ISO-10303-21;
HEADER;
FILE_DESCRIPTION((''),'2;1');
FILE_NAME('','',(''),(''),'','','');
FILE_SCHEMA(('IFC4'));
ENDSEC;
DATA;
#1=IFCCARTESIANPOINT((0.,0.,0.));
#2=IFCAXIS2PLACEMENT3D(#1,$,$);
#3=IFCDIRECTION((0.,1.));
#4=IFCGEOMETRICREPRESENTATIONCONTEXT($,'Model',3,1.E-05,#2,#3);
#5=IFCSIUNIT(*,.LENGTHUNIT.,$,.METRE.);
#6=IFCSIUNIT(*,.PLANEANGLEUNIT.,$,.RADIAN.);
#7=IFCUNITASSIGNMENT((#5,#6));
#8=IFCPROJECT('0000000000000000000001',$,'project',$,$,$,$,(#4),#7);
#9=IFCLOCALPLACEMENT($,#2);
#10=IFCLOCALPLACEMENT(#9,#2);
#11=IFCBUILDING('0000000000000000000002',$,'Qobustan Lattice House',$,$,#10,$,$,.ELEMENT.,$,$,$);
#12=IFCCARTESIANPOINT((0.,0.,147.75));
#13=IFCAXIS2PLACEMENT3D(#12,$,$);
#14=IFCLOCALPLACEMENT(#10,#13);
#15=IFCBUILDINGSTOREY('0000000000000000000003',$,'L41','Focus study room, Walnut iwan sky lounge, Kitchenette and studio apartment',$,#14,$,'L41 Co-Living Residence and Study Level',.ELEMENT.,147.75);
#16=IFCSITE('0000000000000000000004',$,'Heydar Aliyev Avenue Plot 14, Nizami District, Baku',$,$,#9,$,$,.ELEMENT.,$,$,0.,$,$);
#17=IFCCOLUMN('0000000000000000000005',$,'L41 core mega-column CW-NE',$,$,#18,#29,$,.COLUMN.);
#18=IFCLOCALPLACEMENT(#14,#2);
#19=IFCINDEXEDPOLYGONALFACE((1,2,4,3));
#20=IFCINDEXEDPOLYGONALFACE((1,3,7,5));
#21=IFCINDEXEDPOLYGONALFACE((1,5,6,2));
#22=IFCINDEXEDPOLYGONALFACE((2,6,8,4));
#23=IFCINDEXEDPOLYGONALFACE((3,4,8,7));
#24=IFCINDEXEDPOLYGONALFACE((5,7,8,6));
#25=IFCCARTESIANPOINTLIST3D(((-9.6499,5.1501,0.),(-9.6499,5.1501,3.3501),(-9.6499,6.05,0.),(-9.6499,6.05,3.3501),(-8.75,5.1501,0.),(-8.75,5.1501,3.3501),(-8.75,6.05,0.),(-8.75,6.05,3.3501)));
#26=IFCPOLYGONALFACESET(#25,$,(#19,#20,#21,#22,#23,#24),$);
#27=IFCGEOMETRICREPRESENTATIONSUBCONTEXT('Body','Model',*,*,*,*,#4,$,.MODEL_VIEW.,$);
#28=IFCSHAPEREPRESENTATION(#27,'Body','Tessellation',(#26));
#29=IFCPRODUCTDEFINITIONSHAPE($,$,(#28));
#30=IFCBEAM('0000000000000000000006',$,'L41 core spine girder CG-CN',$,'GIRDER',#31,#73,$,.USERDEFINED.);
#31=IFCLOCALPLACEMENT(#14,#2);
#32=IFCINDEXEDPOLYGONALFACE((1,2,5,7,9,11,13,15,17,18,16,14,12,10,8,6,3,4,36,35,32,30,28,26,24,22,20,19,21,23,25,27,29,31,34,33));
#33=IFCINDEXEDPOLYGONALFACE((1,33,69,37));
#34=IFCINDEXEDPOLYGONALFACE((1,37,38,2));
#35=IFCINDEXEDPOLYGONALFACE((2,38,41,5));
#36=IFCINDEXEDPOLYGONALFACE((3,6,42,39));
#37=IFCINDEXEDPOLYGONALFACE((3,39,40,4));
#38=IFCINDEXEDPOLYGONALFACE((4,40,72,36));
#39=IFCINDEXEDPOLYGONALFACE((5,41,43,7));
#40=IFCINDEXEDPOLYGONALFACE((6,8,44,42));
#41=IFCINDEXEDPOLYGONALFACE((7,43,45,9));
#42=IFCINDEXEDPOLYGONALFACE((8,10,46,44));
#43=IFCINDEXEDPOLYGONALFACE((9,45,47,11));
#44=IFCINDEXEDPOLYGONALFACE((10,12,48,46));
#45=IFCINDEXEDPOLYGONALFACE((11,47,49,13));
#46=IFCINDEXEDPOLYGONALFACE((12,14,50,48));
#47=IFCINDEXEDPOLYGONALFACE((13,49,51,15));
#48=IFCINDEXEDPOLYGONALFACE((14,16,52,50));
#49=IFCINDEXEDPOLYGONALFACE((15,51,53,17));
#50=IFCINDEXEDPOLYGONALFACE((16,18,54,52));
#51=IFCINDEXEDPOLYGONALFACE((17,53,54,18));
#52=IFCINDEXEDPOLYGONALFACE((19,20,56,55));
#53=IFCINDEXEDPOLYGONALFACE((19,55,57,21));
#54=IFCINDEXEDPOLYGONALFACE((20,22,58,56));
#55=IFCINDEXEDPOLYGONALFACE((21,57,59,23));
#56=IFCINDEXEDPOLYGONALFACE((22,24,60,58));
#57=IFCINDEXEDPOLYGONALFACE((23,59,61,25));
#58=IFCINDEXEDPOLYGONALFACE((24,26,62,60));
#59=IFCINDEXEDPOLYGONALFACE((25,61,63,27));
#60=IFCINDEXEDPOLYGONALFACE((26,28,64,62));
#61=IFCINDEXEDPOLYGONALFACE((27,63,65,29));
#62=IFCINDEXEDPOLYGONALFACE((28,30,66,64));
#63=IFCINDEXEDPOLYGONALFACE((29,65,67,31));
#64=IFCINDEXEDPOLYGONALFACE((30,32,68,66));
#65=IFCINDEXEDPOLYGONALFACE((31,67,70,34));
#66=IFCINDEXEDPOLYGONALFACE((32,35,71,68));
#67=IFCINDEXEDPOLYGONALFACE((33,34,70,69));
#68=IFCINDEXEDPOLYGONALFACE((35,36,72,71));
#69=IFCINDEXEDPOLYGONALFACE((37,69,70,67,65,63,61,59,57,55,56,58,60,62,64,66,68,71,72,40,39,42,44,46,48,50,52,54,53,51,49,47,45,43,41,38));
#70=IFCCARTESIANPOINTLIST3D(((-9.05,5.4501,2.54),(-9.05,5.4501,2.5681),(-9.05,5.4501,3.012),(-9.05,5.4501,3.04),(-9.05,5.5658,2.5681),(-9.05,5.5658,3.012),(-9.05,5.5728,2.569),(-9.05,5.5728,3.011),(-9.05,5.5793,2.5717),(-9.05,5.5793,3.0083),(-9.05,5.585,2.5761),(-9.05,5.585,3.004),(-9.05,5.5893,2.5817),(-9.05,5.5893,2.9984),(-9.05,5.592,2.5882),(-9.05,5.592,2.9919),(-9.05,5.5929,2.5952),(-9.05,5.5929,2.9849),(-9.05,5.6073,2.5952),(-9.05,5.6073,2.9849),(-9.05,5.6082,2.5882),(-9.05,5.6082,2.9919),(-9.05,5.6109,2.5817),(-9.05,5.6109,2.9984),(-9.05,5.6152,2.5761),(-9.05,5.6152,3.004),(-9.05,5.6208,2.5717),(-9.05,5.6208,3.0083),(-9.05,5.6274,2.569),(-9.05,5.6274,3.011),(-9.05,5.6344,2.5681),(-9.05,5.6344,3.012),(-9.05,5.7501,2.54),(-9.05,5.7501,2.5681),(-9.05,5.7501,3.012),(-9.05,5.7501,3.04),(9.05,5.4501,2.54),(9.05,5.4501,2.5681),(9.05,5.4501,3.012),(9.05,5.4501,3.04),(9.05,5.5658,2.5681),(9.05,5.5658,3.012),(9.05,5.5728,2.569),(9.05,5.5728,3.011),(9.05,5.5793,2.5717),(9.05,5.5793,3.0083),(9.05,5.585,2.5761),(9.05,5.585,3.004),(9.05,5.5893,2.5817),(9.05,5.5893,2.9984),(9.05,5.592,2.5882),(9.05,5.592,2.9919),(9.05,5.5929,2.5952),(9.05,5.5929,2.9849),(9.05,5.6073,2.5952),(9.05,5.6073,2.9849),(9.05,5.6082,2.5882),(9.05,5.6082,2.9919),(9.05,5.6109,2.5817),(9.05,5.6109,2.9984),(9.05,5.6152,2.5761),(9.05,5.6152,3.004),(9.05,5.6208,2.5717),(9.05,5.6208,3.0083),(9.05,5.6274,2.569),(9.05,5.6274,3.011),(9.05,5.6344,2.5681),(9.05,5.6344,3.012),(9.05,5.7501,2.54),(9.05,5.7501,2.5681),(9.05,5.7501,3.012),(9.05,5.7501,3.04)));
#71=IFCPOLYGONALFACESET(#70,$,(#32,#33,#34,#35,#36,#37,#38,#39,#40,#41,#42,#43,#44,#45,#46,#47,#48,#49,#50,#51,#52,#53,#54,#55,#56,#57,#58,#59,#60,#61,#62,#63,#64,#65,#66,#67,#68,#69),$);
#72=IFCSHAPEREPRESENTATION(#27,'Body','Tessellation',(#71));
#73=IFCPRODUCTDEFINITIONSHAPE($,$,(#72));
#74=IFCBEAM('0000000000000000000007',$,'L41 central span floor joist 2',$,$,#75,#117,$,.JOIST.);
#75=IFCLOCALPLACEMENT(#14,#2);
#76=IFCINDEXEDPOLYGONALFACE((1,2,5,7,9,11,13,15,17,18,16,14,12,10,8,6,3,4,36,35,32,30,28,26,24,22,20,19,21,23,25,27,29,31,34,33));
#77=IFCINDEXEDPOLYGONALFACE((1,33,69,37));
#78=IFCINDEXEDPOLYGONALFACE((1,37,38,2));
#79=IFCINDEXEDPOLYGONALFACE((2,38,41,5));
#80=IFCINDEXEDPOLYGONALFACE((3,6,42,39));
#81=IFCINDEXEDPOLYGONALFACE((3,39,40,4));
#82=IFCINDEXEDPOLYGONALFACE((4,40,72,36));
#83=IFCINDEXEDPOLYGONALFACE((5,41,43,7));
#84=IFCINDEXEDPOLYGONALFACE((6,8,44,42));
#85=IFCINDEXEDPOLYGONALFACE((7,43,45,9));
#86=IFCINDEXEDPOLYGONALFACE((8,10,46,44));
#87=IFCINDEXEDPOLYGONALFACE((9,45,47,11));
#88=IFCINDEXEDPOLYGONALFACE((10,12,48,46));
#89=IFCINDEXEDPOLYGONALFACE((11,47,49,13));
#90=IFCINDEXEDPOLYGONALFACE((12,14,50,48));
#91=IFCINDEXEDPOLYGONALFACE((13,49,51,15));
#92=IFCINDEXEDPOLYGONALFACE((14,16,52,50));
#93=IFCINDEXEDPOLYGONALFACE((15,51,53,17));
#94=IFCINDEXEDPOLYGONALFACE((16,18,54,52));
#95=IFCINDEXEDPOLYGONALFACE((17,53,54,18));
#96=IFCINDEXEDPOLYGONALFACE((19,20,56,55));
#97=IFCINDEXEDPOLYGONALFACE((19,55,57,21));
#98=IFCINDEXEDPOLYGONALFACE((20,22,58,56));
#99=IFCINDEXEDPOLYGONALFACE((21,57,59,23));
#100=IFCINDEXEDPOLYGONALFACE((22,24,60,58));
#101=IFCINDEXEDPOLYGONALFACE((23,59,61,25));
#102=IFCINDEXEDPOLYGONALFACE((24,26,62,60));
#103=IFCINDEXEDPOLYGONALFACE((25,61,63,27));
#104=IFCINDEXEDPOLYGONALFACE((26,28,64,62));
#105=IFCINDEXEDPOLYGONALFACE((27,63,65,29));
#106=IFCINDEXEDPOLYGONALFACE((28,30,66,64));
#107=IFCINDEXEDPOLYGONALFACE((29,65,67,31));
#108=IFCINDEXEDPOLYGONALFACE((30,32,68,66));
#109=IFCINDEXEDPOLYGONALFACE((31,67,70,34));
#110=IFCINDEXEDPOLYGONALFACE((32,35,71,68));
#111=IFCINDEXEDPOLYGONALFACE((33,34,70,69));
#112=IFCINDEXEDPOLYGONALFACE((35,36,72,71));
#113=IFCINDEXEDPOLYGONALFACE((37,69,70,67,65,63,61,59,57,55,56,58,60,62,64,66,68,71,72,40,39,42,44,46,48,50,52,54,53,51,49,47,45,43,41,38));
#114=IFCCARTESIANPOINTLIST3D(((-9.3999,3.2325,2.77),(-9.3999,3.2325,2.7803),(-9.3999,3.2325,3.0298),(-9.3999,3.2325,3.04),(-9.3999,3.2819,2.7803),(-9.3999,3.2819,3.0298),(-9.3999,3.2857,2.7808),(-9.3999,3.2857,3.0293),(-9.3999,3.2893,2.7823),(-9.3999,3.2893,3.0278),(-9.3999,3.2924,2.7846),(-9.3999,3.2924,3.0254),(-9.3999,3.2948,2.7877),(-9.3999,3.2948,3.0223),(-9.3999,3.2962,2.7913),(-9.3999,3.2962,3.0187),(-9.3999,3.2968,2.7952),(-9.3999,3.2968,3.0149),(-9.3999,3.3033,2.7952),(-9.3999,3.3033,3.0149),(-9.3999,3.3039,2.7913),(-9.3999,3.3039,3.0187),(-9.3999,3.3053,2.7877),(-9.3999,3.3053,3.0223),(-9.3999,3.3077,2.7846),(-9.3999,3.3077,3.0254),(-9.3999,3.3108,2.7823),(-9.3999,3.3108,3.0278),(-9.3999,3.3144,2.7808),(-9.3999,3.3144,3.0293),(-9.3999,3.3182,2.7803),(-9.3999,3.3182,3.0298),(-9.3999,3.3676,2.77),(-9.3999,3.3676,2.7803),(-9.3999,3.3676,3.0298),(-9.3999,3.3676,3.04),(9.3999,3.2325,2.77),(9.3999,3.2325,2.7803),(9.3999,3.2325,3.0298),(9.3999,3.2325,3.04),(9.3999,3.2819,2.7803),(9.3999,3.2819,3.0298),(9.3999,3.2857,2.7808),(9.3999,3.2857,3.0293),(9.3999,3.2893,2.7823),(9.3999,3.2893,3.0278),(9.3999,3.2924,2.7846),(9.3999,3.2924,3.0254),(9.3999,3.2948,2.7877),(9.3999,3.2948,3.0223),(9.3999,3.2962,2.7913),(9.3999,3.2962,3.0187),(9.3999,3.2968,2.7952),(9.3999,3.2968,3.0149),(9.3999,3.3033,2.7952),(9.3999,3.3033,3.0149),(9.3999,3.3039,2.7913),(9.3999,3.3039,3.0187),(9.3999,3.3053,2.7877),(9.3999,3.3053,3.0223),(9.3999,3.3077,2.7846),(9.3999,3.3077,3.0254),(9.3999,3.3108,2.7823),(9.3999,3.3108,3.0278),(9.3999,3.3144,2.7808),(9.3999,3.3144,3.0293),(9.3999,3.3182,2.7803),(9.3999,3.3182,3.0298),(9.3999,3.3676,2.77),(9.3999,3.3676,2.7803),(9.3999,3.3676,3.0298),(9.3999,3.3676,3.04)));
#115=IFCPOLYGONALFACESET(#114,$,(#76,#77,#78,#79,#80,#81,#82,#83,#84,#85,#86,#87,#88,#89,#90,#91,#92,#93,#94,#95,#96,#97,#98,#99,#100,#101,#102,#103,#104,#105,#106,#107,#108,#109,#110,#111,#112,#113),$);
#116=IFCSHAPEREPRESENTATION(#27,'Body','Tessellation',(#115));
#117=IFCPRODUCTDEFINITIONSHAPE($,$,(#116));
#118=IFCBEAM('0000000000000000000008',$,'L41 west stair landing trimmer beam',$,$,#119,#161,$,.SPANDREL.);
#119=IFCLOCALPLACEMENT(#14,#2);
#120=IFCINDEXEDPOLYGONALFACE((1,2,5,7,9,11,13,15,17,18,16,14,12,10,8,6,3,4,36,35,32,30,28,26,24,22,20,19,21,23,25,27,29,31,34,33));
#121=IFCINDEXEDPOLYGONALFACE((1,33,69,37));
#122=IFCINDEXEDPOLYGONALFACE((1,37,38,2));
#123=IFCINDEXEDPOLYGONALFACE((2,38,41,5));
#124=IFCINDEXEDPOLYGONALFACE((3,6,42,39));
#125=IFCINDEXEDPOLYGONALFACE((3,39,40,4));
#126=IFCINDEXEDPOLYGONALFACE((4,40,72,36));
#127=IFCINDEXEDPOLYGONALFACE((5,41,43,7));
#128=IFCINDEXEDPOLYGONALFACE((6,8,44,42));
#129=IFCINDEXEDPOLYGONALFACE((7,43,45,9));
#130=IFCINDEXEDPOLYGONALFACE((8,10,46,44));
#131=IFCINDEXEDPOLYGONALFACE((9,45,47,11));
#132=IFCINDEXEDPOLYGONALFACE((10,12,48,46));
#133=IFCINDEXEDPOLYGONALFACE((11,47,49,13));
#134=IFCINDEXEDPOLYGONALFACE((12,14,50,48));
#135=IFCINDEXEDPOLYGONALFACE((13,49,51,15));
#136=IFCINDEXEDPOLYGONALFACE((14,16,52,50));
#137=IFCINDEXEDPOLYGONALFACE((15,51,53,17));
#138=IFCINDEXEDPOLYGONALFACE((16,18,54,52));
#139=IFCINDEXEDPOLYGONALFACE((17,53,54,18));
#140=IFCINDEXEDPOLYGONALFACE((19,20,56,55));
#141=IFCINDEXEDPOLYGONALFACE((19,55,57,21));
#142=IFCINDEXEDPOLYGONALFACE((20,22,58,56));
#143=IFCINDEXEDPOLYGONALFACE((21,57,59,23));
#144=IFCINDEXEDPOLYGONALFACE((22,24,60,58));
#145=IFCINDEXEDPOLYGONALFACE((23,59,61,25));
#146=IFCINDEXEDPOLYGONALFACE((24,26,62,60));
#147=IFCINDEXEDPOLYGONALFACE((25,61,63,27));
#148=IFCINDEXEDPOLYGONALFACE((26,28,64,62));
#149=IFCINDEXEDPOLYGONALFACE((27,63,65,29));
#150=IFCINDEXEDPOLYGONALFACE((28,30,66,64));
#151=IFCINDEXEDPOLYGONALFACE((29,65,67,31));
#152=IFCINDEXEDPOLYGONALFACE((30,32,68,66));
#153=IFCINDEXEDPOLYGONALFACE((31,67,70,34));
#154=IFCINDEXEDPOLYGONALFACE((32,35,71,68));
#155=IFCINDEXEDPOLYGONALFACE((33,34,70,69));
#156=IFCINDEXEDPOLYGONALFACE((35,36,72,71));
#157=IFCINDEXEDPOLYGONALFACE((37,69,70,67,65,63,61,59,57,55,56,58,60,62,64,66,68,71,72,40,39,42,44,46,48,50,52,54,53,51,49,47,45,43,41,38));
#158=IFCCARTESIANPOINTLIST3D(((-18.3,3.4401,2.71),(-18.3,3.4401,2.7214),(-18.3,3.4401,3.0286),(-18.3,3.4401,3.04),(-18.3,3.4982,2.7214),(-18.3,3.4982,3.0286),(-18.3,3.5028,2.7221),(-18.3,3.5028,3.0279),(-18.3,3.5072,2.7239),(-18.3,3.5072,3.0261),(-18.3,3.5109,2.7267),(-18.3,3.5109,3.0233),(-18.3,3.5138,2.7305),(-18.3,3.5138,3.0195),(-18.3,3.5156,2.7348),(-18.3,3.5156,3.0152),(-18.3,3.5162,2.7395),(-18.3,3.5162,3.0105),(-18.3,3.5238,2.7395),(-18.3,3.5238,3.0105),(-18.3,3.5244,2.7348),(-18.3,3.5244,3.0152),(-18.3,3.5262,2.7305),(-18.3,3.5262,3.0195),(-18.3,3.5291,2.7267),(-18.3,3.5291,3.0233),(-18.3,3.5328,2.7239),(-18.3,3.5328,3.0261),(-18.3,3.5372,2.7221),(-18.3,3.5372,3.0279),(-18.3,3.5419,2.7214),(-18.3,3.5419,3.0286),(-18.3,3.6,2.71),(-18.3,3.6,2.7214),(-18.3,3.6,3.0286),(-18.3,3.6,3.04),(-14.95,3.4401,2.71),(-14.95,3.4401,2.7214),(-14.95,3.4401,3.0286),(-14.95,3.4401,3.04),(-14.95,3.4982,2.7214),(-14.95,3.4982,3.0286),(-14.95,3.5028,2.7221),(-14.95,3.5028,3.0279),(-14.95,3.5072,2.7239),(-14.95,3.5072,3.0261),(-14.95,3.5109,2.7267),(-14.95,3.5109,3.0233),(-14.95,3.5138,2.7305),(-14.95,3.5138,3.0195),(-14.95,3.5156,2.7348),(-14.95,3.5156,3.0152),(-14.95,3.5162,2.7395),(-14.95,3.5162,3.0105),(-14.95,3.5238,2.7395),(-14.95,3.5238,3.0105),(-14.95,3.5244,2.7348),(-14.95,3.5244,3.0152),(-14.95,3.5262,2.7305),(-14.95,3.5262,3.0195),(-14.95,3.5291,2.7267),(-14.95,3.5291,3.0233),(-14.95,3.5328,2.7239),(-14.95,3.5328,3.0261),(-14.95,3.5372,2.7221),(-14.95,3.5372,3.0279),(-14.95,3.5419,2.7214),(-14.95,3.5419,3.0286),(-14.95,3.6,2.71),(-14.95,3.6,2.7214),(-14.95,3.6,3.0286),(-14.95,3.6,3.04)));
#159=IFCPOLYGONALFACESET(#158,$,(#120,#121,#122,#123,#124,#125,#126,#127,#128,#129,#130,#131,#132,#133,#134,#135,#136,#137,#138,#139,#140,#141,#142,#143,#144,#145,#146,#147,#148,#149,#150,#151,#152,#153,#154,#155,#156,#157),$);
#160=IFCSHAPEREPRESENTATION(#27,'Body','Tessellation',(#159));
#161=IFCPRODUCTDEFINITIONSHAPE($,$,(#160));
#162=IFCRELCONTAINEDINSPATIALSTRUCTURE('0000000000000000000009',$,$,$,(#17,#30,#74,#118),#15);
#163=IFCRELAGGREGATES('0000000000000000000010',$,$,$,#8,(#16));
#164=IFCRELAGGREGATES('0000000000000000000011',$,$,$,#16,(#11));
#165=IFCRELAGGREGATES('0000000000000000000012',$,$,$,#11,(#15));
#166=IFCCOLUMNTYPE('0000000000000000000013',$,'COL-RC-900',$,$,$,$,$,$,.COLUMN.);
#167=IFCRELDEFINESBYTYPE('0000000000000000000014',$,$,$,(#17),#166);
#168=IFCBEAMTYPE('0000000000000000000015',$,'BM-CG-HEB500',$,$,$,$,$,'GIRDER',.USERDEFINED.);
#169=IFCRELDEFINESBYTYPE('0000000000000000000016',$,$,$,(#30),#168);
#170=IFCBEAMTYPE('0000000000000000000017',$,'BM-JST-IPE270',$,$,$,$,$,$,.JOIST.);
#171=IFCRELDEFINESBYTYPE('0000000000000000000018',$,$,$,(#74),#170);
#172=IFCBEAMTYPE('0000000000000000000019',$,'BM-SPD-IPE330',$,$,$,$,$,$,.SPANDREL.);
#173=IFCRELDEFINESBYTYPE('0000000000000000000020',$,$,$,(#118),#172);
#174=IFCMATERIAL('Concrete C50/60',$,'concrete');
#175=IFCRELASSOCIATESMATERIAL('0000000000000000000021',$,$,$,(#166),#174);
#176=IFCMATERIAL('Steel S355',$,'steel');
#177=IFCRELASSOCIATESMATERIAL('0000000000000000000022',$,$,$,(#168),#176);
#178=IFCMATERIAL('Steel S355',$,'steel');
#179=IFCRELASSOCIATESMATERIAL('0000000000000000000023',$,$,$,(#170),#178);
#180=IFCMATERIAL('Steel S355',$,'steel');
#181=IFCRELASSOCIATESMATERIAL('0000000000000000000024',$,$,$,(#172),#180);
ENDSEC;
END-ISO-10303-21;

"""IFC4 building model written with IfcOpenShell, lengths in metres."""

from ifc_helpers import new_model, si_unit, direction, frame, origin, origin_2d, place, context, subcontext, project, spatial, rectangle, i_section, extrude, material, material_profile, profile_set, type_object, element, save


model = new_model("IFC4")

# Units and contexts
model_context = context("Model", 3, precision=1e-05, world=origin(), true_north=direction((0.0, 1.0)))
body_context = subcontext(model_context, "Body", "Model", "MODEL_VIEW")
ifc_project = project(units=[si_unit("LENGTHUNIT", "METRE"), si_unit("PLANEANGLEUNIT", "RADIAN")], contexts=[model_context])

# Site, building, storey
site_placement = place(None, origin())
site = spatial("IfcSite", under=ifc_project, at=site_placement, Name="Heydar Aliyev Avenue Plot 14, Nizami District, Baku", CompositionType="ELEMENT", RefElevation=0.0)
building_placement = place(site_placement, origin())
building = spatial("IfcBuilding", under=site, at=building_placement, Name="Qobustan Lattice House", CompositionType="ELEMENT")
storey_placement = place(building_placement, frame((0.0, 0.0, 147.75)))
storey = spatial("IfcBuildingStorey", under=building, at=storey_placement, Name="L41", Description="Focus study room, Walnut iwan sky lounge, Kitchenette and studio apartment", LongName="L41 Co-Living Residence and Study Level", CompositionType="ELEMENT", Elevation=147.75)

# Column
ifc_material_1 = material(Name="Concrete C50/60", Category="concrete")
ifc_material_profile_1 = material_profile(ifc_material_1, rectangle(XDim=0.8999, YDim=0.8999, at=origin_2d()), Name="RC900x900")
ifc_profile_set_1 = profile_set([ifc_material_profile_1], Name="Concrete C50/60")
column_type = type_object("IfcColumnType", Name="COL-RC-900", PredefinedType="COLUMN", material=ifc_profile_set_1)
column_placement = place(storey_placement, frame((-9.2, 5.6001, 0.0), z_axis=(0.0, 0.0, 1.0), x_axis=(1.0, 0.0, 0.0)))
element("IfcColumn", 1, at=column_placement, inside=storey, type_object=column_type, Name="L41 core mega-column CW-NE", PredefinedType="COLUMN", context=body_context, shape_type="SweptSolid", body=[
    extrude(rectangle(XDim=0.8999, YDim=0.8999, at=origin_2d()), origin(), (0.0, 0.0, 1.0), 3.3501),
])

# Beams
ifc_material_2 = material(Name="Steel S355", Category="steel")
ifc_material_profile_2 = material_profile(ifc_material_2, i_section(OverallWidth=0.3, OverallDepth=0.5, WebThickness=0.0144, FlangeThickness=0.0281, FilletRadius=0.0271, at=origin_2d()), Name="HEB500")
ifc_profile_set_2 = profile_set([ifc_material_profile_2], Name="Steel S355")
beam_type_1 = type_object("IfcBeamType", Name="BM-CG-HEB500", ElementType="GIRDER", PredefinedType="USERDEFINED", material=ifc_profile_set_2)
beam_1_placement = place(storey_placement, frame((-9.05, 5.6001, 2.79), z_axis=(1.0, 0.0, 0.0), x_axis=(0.0, 1.0, 0.0)))
element("IfcBeam", 2, at=beam_1_placement, inside=storey, type_object=beam_type_1, Name="L41 core spine girder CG-CN", ObjectType="GIRDER", PredefinedType="USERDEFINED", context=body_context, shape_type="SweptSolid", body=[
    extrude(i_section(OverallWidth=0.3, OverallDepth=0.5, WebThickness=0.0144, FlangeThickness=0.0281, FilletRadius=0.0271, at=origin_2d()), origin(), (0.0, 0.0, 1.0), 18.1001),
])
ifc_material_3 = material(Name="Steel S355", Category="steel")
ifc_material_profile_3 = material_profile(ifc_material_3, i_section(OverallWidth=0.135, OverallDepth=0.27, WebThickness=0.0066, FlangeThickness=0.0103, FilletRadius=0.0149, at=origin_2d()), Name="IPE270")
ifc_profile_set_3 = profile_set([ifc_material_profile_3], Name="Steel S355")
beam_type_2 = type_object("IfcBeamType", Name="BM-JST-IPE270", PredefinedType="JOIST", material=ifc_profile_set_3)
beam_2_placement = place(storey_placement, frame((-9.3999, 3.3, 2.905), z_axis=(1.0, 0.0, 0.0), x_axis=(0.0, 1.0, 0.0)))
element("IfcBeam", 3, at=beam_2_placement, inside=storey, type_object=beam_type_2, Name="L41 central span floor joist 2", PredefinedType="JOIST", context=body_context, shape_type="SweptSolid", body=[
    extrude(i_section(OverallWidth=0.135, OverallDepth=0.27, WebThickness=0.0066, FlangeThickness=0.0103, FilletRadius=0.0149, at=origin_2d()), origin(), (0.0, 0.0, 1.0), 18.7998),
])
ifc_material_4 = material(Name="Steel S355", Category="steel")
ifc_material_profile_4 = material_profile(ifc_material_4, i_section(OverallWidth=0.1599, OverallDepth=0.3301, WebThickness=0.0076, FlangeThickness=0.0115, FilletRadius=0.0181, at=origin_2d()), Name="IPE330")
ifc_profile_set_4 = profile_set([ifc_material_profile_4], Name="Steel S355")
beam_type_3 = type_object("IfcBeamType", Name="BM-SPD-IPE330", PredefinedType="SPANDREL", material=ifc_profile_set_4)
beam_3_placement = place(storey_placement, frame((-18.3, 3.52, 2.875), z_axis=(1.0, 0.0, 0.0), x_axis=(0.0, 1.0, 0.0)))
element("IfcBeam", 4, at=beam_3_placement, inside=storey, type_object=beam_type_3, Name="L41 west stair landing trimmer beam", PredefinedType="SPANDREL", context=body_context, shape_type="SweptSolid", body=[
    extrude(i_section(OverallWidth=0.1599, OverallDepth=0.3301, WebThickness=0.0076, FlangeThickness=0.0115, FilletRadius=0.0181, at=origin_2d()), origin(), (0.0, 0.0, 1.0), 3.3501),
])

save(model, "model.ifc")
